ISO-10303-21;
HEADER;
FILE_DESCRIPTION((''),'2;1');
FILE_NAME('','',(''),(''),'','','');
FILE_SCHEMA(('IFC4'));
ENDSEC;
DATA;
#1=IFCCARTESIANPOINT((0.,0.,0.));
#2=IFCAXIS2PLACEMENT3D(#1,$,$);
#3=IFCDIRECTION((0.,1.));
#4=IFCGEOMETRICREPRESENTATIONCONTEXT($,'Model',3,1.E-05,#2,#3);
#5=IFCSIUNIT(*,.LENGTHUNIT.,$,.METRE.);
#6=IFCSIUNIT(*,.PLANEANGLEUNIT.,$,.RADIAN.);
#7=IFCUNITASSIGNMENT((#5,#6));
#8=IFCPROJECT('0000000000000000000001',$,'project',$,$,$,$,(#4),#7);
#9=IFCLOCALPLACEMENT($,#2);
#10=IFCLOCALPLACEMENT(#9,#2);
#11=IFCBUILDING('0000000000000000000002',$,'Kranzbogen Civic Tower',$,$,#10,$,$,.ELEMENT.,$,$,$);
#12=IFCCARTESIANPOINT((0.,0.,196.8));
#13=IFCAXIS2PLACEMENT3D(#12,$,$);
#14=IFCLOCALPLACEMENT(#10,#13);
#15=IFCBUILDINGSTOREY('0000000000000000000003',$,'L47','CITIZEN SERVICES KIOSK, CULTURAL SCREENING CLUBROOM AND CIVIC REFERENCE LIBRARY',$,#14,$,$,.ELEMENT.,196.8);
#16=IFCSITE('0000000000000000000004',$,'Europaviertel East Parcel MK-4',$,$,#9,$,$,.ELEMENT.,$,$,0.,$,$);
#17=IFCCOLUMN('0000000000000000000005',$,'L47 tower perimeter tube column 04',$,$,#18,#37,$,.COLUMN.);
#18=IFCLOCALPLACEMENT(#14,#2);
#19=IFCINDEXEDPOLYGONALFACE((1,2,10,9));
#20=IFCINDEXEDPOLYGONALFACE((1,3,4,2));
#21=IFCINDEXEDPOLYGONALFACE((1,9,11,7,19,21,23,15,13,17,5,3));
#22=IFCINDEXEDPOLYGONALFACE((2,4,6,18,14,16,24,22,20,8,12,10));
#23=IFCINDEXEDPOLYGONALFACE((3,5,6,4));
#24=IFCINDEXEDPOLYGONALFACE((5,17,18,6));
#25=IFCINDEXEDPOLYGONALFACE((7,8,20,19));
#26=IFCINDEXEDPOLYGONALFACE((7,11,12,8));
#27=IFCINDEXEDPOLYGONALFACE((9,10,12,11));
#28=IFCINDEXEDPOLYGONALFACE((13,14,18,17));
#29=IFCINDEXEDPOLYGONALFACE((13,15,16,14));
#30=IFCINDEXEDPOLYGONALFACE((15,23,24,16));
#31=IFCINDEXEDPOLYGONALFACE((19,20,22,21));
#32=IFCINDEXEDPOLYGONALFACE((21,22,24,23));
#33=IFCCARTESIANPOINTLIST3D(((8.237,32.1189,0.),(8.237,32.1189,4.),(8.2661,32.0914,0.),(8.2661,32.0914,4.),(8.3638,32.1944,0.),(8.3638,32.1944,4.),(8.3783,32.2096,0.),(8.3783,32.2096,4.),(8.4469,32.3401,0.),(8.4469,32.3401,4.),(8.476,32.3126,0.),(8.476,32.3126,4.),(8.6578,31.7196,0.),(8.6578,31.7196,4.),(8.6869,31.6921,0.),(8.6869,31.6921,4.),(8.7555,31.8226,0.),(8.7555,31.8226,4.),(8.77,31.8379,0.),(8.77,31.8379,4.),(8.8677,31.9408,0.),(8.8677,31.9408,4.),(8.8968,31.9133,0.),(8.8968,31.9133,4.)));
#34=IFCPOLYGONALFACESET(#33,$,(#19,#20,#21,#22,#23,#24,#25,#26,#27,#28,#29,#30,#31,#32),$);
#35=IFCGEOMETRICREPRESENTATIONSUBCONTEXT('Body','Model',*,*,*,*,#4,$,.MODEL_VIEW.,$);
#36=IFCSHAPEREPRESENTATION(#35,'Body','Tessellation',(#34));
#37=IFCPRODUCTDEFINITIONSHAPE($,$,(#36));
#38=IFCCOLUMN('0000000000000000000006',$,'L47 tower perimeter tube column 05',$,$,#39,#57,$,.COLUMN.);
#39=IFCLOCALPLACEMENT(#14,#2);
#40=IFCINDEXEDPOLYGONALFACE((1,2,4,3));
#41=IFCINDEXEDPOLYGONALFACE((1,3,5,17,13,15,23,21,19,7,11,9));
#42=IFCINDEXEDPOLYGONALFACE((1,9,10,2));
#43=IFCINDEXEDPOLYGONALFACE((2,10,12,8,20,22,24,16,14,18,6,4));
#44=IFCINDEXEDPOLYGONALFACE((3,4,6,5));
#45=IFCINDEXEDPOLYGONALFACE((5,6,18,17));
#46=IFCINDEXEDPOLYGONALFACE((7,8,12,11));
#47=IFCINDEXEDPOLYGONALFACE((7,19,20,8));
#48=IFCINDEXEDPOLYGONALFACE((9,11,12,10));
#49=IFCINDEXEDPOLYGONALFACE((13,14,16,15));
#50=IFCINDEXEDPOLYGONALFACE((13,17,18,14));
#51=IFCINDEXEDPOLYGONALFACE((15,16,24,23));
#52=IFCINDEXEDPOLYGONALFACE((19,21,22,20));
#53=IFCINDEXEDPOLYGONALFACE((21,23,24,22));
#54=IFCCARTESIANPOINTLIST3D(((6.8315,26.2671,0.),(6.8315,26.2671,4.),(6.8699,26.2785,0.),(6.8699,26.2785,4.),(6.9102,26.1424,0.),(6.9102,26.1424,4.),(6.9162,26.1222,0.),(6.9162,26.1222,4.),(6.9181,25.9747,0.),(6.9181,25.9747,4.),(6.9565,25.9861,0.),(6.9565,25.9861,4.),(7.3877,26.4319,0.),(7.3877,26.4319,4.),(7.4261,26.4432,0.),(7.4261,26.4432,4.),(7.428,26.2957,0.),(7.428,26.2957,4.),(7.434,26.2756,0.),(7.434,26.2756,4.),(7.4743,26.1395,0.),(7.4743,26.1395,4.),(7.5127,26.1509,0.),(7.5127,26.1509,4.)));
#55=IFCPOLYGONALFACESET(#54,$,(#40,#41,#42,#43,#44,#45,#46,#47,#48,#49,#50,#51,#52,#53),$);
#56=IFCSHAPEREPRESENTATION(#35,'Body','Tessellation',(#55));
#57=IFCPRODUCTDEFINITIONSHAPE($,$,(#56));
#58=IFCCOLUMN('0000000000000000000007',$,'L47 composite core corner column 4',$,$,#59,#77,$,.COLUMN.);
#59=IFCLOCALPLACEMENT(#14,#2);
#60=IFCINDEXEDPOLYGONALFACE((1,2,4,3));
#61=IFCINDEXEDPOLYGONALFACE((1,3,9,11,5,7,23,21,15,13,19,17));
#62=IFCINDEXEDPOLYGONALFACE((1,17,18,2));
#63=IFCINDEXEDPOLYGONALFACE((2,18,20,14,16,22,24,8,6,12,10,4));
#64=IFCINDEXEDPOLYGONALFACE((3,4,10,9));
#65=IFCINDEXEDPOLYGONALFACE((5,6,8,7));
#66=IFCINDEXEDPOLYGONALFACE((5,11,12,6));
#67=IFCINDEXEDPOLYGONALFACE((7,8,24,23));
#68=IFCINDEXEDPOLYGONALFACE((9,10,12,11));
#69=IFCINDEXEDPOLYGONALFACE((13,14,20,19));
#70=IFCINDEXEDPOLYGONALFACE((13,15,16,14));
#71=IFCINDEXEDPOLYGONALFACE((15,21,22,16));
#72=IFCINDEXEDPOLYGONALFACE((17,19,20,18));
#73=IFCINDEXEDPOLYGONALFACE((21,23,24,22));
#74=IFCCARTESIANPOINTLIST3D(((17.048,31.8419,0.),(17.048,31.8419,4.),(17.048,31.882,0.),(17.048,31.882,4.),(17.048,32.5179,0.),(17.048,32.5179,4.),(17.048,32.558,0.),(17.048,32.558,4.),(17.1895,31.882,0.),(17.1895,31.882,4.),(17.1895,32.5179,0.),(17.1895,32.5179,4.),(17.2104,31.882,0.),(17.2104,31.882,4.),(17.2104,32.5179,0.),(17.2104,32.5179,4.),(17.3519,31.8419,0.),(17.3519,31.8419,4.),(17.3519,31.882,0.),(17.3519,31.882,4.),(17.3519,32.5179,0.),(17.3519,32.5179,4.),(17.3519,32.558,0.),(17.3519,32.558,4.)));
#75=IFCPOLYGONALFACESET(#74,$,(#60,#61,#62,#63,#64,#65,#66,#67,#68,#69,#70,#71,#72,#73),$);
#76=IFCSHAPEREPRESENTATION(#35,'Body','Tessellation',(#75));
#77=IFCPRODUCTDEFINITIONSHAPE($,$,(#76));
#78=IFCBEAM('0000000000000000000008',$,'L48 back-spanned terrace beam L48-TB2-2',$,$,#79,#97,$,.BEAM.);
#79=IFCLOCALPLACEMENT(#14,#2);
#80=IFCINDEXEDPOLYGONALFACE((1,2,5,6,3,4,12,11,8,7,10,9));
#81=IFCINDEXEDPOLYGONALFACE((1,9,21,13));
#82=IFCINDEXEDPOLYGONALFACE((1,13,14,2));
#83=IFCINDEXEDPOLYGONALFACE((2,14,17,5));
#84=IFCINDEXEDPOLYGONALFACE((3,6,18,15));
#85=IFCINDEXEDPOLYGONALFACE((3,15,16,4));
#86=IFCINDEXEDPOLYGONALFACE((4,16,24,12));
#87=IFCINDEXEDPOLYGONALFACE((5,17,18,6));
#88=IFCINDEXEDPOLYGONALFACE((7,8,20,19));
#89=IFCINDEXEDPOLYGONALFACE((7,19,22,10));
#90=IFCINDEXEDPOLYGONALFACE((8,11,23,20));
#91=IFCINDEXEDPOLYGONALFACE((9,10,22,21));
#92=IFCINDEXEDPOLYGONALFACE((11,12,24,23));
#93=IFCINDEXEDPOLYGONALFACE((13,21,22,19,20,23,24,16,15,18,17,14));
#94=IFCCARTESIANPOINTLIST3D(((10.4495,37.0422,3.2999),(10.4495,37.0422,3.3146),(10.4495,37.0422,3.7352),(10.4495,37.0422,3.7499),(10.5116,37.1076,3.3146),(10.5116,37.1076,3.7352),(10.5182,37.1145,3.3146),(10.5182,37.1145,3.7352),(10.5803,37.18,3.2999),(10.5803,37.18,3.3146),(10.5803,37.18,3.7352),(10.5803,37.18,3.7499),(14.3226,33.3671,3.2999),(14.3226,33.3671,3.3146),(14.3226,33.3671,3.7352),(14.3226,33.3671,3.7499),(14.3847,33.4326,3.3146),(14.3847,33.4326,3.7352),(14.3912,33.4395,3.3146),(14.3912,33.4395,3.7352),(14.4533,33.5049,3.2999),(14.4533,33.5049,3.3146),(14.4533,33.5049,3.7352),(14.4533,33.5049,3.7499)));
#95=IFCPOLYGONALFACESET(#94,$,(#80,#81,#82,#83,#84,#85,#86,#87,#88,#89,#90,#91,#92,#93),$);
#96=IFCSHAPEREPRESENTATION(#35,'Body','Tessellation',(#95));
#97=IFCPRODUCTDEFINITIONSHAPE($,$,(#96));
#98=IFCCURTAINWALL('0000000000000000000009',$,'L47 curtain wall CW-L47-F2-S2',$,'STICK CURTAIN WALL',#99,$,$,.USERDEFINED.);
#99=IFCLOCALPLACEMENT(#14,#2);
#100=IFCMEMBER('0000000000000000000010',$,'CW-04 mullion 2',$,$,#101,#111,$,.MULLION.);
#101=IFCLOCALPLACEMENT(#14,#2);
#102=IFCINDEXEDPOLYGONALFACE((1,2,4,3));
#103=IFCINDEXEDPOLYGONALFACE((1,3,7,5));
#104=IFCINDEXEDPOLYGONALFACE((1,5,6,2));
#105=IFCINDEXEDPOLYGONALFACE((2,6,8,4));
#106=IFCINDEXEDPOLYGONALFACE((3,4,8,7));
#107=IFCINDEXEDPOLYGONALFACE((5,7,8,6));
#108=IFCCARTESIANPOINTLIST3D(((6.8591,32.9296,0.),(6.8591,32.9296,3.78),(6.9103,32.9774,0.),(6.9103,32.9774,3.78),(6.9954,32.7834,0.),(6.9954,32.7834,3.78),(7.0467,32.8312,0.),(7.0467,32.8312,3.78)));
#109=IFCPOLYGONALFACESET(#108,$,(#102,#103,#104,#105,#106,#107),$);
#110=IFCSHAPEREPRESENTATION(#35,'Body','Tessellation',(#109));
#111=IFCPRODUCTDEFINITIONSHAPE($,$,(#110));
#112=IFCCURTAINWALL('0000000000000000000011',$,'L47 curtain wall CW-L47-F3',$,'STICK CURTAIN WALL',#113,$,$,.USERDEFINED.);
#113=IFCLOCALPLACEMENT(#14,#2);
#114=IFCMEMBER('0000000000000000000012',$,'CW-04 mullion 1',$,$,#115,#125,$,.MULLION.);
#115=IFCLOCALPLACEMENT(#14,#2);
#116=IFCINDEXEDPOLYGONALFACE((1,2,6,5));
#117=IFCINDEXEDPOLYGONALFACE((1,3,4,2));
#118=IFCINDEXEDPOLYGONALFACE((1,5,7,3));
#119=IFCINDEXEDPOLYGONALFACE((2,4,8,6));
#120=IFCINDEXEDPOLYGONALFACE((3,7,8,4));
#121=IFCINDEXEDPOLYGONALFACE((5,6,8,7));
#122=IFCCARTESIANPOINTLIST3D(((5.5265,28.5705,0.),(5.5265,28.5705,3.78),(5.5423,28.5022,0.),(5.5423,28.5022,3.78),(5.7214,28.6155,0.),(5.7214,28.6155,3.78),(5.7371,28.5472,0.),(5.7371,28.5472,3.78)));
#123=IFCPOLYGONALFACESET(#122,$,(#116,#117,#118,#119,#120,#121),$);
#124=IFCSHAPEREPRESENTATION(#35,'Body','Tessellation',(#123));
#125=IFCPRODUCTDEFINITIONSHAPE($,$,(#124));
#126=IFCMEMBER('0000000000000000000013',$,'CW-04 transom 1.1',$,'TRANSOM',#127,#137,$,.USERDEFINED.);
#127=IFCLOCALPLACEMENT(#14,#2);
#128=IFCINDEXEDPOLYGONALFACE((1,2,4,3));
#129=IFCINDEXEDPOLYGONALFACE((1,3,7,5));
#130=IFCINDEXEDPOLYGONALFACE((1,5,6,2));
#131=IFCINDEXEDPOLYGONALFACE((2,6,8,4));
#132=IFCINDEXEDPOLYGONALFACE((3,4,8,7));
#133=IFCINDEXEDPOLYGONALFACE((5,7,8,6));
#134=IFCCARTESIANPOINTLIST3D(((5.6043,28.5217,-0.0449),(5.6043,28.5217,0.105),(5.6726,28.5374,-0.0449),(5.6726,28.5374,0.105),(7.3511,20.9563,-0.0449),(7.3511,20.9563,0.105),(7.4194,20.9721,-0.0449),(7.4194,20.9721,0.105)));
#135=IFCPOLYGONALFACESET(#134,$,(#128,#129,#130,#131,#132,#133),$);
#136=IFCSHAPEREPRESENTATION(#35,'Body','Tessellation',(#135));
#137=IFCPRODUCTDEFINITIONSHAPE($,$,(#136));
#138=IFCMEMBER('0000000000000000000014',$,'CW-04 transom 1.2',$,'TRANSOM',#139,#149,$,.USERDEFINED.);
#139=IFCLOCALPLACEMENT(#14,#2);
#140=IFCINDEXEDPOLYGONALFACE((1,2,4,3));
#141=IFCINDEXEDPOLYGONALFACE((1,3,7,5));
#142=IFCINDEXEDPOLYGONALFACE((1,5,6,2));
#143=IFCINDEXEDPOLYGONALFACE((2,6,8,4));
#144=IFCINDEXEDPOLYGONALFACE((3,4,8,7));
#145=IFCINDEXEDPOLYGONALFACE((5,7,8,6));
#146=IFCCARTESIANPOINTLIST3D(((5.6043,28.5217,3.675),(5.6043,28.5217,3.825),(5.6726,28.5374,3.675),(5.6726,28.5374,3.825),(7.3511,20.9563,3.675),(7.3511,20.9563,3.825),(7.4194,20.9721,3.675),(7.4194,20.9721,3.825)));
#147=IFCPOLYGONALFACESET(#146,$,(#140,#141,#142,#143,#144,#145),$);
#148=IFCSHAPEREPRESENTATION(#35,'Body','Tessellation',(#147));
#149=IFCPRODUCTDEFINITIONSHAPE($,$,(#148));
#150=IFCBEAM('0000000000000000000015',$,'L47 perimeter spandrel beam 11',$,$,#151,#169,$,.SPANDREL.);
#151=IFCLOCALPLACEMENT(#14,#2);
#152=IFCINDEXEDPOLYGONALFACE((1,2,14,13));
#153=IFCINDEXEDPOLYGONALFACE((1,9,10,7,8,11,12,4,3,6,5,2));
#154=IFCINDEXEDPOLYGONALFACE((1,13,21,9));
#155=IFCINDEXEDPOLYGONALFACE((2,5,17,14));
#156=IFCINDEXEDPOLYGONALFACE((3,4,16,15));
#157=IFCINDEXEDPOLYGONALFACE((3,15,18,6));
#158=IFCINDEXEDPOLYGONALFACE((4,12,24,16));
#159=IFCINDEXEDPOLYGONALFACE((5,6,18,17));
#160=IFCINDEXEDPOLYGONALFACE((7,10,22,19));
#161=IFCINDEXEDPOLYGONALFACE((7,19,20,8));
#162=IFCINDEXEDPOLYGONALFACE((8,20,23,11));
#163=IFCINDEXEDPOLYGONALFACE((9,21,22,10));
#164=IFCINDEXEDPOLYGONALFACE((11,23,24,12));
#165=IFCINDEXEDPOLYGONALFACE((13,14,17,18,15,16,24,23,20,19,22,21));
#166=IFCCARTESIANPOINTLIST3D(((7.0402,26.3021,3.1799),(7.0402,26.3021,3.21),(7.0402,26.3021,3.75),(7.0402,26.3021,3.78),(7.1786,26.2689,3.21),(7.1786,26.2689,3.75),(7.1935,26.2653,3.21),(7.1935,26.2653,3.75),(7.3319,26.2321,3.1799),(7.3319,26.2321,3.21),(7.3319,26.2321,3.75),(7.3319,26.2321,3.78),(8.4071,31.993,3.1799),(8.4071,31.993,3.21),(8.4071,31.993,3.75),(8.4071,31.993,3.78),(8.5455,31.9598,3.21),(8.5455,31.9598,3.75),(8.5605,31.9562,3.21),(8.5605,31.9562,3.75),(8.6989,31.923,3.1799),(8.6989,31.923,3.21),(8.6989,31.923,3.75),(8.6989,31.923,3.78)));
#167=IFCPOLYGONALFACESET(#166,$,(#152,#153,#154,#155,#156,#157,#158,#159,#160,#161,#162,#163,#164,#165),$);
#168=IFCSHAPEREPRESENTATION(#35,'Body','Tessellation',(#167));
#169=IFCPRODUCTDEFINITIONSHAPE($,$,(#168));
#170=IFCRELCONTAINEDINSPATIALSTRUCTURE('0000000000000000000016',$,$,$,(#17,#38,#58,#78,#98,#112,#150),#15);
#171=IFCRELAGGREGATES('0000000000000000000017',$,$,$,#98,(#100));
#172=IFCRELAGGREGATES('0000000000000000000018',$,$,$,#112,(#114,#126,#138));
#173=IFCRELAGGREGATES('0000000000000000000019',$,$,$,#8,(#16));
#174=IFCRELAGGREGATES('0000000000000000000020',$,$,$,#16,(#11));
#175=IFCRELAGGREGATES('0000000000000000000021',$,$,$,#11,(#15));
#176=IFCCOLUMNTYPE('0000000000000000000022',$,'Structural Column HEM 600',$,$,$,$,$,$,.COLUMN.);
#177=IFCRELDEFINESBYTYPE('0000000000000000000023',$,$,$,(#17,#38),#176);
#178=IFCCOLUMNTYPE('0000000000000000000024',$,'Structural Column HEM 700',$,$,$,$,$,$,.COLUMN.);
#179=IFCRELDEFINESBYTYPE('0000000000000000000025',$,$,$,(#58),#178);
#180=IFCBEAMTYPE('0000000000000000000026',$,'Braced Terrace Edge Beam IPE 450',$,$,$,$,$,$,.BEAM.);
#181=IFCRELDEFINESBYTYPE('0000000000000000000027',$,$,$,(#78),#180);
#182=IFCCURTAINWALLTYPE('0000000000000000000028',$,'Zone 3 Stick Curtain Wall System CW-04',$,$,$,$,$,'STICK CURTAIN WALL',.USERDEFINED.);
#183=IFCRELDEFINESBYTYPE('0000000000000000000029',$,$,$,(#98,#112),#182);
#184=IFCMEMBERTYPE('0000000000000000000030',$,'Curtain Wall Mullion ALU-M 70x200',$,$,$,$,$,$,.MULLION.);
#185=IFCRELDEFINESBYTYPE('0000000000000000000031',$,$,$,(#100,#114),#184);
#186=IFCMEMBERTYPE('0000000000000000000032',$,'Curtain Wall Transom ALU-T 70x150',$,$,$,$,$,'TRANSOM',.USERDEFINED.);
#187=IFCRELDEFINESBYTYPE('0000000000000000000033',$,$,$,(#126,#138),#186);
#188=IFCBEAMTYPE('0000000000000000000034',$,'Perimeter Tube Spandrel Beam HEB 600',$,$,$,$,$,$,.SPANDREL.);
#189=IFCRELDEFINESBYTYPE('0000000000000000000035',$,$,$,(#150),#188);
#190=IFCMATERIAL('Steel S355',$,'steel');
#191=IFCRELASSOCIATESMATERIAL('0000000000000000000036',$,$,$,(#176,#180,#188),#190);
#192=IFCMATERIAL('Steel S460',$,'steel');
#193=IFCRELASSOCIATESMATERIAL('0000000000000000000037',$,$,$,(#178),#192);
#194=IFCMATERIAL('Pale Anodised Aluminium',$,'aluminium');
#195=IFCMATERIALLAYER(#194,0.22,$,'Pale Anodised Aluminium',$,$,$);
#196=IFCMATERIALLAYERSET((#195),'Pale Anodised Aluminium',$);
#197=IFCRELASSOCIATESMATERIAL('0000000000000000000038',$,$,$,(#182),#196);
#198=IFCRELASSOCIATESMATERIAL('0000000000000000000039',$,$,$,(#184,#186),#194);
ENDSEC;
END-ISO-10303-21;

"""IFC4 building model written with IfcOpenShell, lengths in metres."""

from ifc_helpers import new_model, si_unit, direction, frame, origin, origin_2d, place, context, subcontext, project, spatial, rectangle, i_section, extrude, material, layer, layer_set, material_profile, profile_set, type_object, element, aggregate, save


model = new_model("IFC4")

# Units and contexts
model_context = context("Model", 3, precision=1e-05, world=origin(), true_north=direction((0.0, 1.0)))
body_context = subcontext(model_context, "Body", "Model", "MODEL_VIEW")
ifc_project = project(units=[si_unit("LENGTHUNIT", "METRE"), si_unit("PLANEANGLEUNIT", "RADIAN")], contexts=[model_context])

# Site, building, storey
site_placement = place(None, origin())
site = spatial("IfcSite", under=ifc_project, at=site_placement, Name="Europaviertel East Parcel MK-4", CompositionType="ELEMENT", RefElevation=0.0)
building_placement = place(site_placement, origin())
building = spatial("IfcBuilding", under=site, at=building_placement, Name="Kranzbogen Civic Tower", CompositionType="ELEMENT")
storey_placement = place(building_placement, frame((0.0, 0.0, 196.8)))
storey = spatial("IfcBuildingStorey", under=building, at=storey_placement, Name="L47", Description="CITIZEN SERVICES KIOSK, CULTURAL SCREENING CLUBROOM AND CIVIC REFERENCE LIBRARY", CompositionType="ELEMENT", Elevation=196.8)

# Columns
ifc_material_1 = material(Name="Steel S355", Category="steel")
ifc_material_profile_1 = material_profile(ifc_material_1, i_section(OverallWidth=0.3049, OverallDepth=0.6201, WebThickness=0.021, FlangeThickness=0.04, at=origin_2d()), Name="HEM 600")
ifc_profile_set_1 = profile_set([ifc_material_profile_1], Name="Steel S355")
column_type_1 = type_object("IfcColumnType", Name="Structural Column HEM 600", PredefinedType="COLUMN", material=ifc_profile_set_1)
for number, where, z_axis, x_axis, name in (
    (1, (8.5669, 32.0161, 0.0), (0.0, 0.0, 1.0), (0.688355, 0.725374, 0.0), "L47 tower perimeter tube column 04"),
    (2, (7.1721, 26.209, 0.0), (0.0, 0.0, 1.0), (-0.284015, 0.95882, 0.0), "L47 tower perimeter tube column 05"),
):
    element("IfcColumn", number, at=place(storey_placement, frame(where, z_axis=z_axis, x_axis=x_axis)), inside=storey, type_object=column_type_1, Name=name, PredefinedType="COLUMN", context=body_context, shape_type="SweptSolid", body=[
        extrude(i_section(OverallWidth=0.3049, OverallDepth=0.6201, WebThickness=0.021, FlangeThickness=0.04, at=origin_2d()), origin(), (0.0, 0.0, 1.0), 4.0),
    ])
ifc_material_2 = material(Name="Steel S460", Category="steel")
ifc_material_profile_2 = material_profile(ifc_material_2, i_section(OverallWidth=0.304, OverallDepth=0.7161, WebThickness=0.021, FlangeThickness=0.04, at=origin_2d()), Name="HEM 700")
ifc_profile_set_2 = profile_set([ifc_material_profile_2], Name="Steel S460")
column_type_2 = type_object("IfcColumnType", Name="Structural Column HEM 700", PredefinedType="COLUMN", material=ifc_profile_set_2)
column_placement = place(storey_placement, frame((17.2, 32.2, 0.0), z_axis=(0.0, 0.0, 1.0), x_axis=(1.0, 0.0, 0.0)))
element("IfcColumn", 3, at=column_placement, inside=storey, type_object=column_type_2, Name="L47 composite core corner column 4", PredefinedType="COLUMN", context=body_context, shape_type="SweptSolid", body=[
    extrude(i_section(OverallWidth=0.304, OverallDepth=0.7161, WebThickness=0.021, FlangeThickness=0.04, at=origin_2d()), origin(), (0.0, 0.0, 1.0), 4.0),
])

# Beam
ifc_material_profile_3 = material_profile(ifc_material_1, i_section(OverallWidth=0.1899, OverallDepth=0.45, WebThickness=0.0095, FlangeThickness=0.0146, at=origin_2d()), Name="IPE 450")
ifc_profile_set_3 = profile_set([ifc_material_profile_3], Name="Steel S355")
beam_type_1 = type_object("IfcBeamType", Name="Braced Terrace Edge Beam IPE 450", PredefinedType="BEAM", material=ifc_profile_set_3)
beam_1_placement = place(storey_placement, frame((14.3879, 33.436, 3.5249), z_axis=(-0.725406, 0.688322, 0.0), x_axis=(-0.688322, -0.725406, 0.0)))
element("IfcBeam", 4, at=beam_1_placement, inside=storey, type_object=beam_type_1, Name="L48 back-spanned terrace beam L48-TB2-2", PredefinedType="BEAM", context=body_context, shape_type="SweptSolid", body=[
    extrude(i_section(OverallWidth=0.1899, OverallDepth=0.45, WebThickness=0.0095, FlangeThickness=0.0146, at=origin_2d()), origin(), (0.0, 0.0, 1.0), 5.3391),
])

# Curtain wall, member
ifc_material_3 = material(Name="Pale Anodised Aluminium", Category="aluminium")
ifc_layer_1 = layer(ifc_material_3, 0.22, Name="Pale Anodised Aluminium")
ifc_layer_set_1 = layer_set([ifc_layer_1], Name="Pale Anodised Aluminium")
curtain_wall_type = type_object("IfcCurtainWallType", Name="Zone 3 Stick Curtain Wall System CW-04", ElementType="STICK CURTAIN WALL", PredefinedType="USERDEFINED", material=ifc_layer_set_1)
curtain_wall_1_placement = place(storey_placement, origin())
curtain_wall_1 = element("IfcCurtainWall", 5, at=curtain_wall_1_placement, inside=storey, type_object=curtain_wall_type, Name="L47 curtain wall CW-L47-F2-S2", ObjectType="STICK CURTAIN WALL", PredefinedType="USERDEFINED")
ifc_material_profile_4 = material_profile(ifc_material_3, rectangle(XDim=0.0701, YDim=0.2, at=origin_2d()), Name="ALU-M 70x200")
ifc_profile_set_4 = profile_set([ifc_material_profile_4], Name="Pale Anodised Aluminium")
member_type_1 = type_object("IfcMemberType", Name="Curtain Wall Mullion ALU-M 70x200", PredefinedType="MULLION", material=ifc_profile_set_4)
member_1_placement = place(storey_placement, frame((6.9529, 32.8804, 0.0), z_axis=(0.0, 0.0, 1.0), x_axis=(-0.73132, -0.682034, 0.0)))
member_1 = element("IfcMember", 6, at=member_1_placement, type_object=member_type_1, Name="CW-04 mullion 2", PredefinedType="MULLION", context=body_context, shape_type="SweptSolid", body=[
    extrude(rectangle(XDim=0.0701, YDim=0.2, at=origin_2d()), origin(), (0.0, 0.0, 1.0), 3.78),
])
aggregate(curtain_wall_1, [member_1])

# Curtain wall, members
curtain_wall_2_placement = place(storey_placement, origin())
curtain_wall_2 = element("IfcCurtainWall", 7, at=curtain_wall_2_placement, inside=storey, type_object=curtain_wall_type, Name="L47 curtain wall CW-L47-F3", ObjectType="STICK CURTAIN WALL", PredefinedType="USERDEFINED")
member_2_placement = place(storey_placement, frame((5.6318, 28.5588, 0.0), z_axis=(0.0, 0.0, 1.0), x_axis=(0.224971, -0.974365, 0.0)))
member_2 = element("IfcMember", 8, at=member_2_placement, type_object=member_type_1, Name="CW-04 mullion 1", PredefinedType="MULLION", context=body_context, shape_type="SweptSolid", body=[
    extrude(rectangle(XDim=0.0701, YDim=0.2, at=origin_2d()), origin(), (0.0, 0.0, 1.0), 3.78),
])
ifc_material_profile_5 = material_profile(ifc_material_3, rectangle(XDim=0.0701, YDim=0.1499, at=origin_2d()), Name="ALU-T 70x150")
ifc_profile_set_5 = profile_set([ifc_material_profile_5], Name="Pale Anodised Aluminium")
member_type_2 = type_object("IfcMemberType", Name="Curtain Wall Transom ALU-T 70x150", ElementType="TRANSOM", PredefinedType="USERDEFINED", material=ifc_profile_set_5)
member_3_placement = place(storey_placement, frame((5.6384, 28.5295, 0.03), z_axis=(0.224977, -0.974364, 0.0), x_axis=(0.974364, 0.224977, 0.0)))
member_3 = element("IfcMember", 9, at=member_3_placement, type_object=member_type_2, Name="CW-04 transom 1.1", ObjectType="TRANSOM", PredefinedType="USERDEFINED", context=body_context, shape_type="SweptSolid", body=[
    extrude(rectangle(XDim=0.0701, YDim=0.1499, at=origin_2d()), origin(), (0.0, 0.0, 1.0), 7.7644),
])
member_4_placement = place(storey_placement, frame((5.6384, 28.5295, 3.75), z_axis=(0.224977, -0.974364, 0.0), x_axis=(0.974364, 0.224977, 0.0)))
member_4 = element("IfcMember", 10, at=member_4_placement, type_object=member_type_2, Name="CW-04 transom 1.2", ObjectType="TRANSOM", PredefinedType="USERDEFINED", context=body_context, shape_type="SweptSolid", body=[
    extrude(rectangle(XDim=0.0701, YDim=0.1499, at=origin_2d()), origin(), (0.0, 0.0, 1.0), 7.7644),
])

# Beam
ifc_material_profile_6 = material_profile(ifc_material_1, i_section(OverallWidth=0.3, OverallDepth=0.6001, WebThickness=0.0154, FlangeThickness=0.03, at=origin_2d()), Name="HEB 600")
ifc_profile_set_6 = profile_set([ifc_material_profile_6], Name="Steel S355")
beam_type_2 = type_object("IfcBeamType", Name="Perimeter Tube Spandrel Beam HEB 600", PredefinedType="SPANDREL", material=ifc_profile_set_6)
beam_2_placement = place(storey_placement, frame((8.553, 31.958, 3.48), z_axis=(-0.233554, -0.972344, 0.0), x_axis=(0.972344, -0.233554, 0.0)))
element("IfcBeam", 11, at=beam_2_placement, inside=storey, type_object=beam_type_2, Name="L47 perimeter spandrel beam 11", PredefinedType="SPANDREL", context=body_context, shape_type="SweptSolid", body=[
    extrude(i_section(OverallWidth=0.3, OverallDepth=0.6001, WebThickness=0.0154, FlangeThickness=0.03, at=origin_2d()), origin(), (0.0, 0.0, 1.0), 5.8528),
])

aggregate(curtain_wall_2, [member_2, member_3, member_4])

save(model, "model.ifc")
